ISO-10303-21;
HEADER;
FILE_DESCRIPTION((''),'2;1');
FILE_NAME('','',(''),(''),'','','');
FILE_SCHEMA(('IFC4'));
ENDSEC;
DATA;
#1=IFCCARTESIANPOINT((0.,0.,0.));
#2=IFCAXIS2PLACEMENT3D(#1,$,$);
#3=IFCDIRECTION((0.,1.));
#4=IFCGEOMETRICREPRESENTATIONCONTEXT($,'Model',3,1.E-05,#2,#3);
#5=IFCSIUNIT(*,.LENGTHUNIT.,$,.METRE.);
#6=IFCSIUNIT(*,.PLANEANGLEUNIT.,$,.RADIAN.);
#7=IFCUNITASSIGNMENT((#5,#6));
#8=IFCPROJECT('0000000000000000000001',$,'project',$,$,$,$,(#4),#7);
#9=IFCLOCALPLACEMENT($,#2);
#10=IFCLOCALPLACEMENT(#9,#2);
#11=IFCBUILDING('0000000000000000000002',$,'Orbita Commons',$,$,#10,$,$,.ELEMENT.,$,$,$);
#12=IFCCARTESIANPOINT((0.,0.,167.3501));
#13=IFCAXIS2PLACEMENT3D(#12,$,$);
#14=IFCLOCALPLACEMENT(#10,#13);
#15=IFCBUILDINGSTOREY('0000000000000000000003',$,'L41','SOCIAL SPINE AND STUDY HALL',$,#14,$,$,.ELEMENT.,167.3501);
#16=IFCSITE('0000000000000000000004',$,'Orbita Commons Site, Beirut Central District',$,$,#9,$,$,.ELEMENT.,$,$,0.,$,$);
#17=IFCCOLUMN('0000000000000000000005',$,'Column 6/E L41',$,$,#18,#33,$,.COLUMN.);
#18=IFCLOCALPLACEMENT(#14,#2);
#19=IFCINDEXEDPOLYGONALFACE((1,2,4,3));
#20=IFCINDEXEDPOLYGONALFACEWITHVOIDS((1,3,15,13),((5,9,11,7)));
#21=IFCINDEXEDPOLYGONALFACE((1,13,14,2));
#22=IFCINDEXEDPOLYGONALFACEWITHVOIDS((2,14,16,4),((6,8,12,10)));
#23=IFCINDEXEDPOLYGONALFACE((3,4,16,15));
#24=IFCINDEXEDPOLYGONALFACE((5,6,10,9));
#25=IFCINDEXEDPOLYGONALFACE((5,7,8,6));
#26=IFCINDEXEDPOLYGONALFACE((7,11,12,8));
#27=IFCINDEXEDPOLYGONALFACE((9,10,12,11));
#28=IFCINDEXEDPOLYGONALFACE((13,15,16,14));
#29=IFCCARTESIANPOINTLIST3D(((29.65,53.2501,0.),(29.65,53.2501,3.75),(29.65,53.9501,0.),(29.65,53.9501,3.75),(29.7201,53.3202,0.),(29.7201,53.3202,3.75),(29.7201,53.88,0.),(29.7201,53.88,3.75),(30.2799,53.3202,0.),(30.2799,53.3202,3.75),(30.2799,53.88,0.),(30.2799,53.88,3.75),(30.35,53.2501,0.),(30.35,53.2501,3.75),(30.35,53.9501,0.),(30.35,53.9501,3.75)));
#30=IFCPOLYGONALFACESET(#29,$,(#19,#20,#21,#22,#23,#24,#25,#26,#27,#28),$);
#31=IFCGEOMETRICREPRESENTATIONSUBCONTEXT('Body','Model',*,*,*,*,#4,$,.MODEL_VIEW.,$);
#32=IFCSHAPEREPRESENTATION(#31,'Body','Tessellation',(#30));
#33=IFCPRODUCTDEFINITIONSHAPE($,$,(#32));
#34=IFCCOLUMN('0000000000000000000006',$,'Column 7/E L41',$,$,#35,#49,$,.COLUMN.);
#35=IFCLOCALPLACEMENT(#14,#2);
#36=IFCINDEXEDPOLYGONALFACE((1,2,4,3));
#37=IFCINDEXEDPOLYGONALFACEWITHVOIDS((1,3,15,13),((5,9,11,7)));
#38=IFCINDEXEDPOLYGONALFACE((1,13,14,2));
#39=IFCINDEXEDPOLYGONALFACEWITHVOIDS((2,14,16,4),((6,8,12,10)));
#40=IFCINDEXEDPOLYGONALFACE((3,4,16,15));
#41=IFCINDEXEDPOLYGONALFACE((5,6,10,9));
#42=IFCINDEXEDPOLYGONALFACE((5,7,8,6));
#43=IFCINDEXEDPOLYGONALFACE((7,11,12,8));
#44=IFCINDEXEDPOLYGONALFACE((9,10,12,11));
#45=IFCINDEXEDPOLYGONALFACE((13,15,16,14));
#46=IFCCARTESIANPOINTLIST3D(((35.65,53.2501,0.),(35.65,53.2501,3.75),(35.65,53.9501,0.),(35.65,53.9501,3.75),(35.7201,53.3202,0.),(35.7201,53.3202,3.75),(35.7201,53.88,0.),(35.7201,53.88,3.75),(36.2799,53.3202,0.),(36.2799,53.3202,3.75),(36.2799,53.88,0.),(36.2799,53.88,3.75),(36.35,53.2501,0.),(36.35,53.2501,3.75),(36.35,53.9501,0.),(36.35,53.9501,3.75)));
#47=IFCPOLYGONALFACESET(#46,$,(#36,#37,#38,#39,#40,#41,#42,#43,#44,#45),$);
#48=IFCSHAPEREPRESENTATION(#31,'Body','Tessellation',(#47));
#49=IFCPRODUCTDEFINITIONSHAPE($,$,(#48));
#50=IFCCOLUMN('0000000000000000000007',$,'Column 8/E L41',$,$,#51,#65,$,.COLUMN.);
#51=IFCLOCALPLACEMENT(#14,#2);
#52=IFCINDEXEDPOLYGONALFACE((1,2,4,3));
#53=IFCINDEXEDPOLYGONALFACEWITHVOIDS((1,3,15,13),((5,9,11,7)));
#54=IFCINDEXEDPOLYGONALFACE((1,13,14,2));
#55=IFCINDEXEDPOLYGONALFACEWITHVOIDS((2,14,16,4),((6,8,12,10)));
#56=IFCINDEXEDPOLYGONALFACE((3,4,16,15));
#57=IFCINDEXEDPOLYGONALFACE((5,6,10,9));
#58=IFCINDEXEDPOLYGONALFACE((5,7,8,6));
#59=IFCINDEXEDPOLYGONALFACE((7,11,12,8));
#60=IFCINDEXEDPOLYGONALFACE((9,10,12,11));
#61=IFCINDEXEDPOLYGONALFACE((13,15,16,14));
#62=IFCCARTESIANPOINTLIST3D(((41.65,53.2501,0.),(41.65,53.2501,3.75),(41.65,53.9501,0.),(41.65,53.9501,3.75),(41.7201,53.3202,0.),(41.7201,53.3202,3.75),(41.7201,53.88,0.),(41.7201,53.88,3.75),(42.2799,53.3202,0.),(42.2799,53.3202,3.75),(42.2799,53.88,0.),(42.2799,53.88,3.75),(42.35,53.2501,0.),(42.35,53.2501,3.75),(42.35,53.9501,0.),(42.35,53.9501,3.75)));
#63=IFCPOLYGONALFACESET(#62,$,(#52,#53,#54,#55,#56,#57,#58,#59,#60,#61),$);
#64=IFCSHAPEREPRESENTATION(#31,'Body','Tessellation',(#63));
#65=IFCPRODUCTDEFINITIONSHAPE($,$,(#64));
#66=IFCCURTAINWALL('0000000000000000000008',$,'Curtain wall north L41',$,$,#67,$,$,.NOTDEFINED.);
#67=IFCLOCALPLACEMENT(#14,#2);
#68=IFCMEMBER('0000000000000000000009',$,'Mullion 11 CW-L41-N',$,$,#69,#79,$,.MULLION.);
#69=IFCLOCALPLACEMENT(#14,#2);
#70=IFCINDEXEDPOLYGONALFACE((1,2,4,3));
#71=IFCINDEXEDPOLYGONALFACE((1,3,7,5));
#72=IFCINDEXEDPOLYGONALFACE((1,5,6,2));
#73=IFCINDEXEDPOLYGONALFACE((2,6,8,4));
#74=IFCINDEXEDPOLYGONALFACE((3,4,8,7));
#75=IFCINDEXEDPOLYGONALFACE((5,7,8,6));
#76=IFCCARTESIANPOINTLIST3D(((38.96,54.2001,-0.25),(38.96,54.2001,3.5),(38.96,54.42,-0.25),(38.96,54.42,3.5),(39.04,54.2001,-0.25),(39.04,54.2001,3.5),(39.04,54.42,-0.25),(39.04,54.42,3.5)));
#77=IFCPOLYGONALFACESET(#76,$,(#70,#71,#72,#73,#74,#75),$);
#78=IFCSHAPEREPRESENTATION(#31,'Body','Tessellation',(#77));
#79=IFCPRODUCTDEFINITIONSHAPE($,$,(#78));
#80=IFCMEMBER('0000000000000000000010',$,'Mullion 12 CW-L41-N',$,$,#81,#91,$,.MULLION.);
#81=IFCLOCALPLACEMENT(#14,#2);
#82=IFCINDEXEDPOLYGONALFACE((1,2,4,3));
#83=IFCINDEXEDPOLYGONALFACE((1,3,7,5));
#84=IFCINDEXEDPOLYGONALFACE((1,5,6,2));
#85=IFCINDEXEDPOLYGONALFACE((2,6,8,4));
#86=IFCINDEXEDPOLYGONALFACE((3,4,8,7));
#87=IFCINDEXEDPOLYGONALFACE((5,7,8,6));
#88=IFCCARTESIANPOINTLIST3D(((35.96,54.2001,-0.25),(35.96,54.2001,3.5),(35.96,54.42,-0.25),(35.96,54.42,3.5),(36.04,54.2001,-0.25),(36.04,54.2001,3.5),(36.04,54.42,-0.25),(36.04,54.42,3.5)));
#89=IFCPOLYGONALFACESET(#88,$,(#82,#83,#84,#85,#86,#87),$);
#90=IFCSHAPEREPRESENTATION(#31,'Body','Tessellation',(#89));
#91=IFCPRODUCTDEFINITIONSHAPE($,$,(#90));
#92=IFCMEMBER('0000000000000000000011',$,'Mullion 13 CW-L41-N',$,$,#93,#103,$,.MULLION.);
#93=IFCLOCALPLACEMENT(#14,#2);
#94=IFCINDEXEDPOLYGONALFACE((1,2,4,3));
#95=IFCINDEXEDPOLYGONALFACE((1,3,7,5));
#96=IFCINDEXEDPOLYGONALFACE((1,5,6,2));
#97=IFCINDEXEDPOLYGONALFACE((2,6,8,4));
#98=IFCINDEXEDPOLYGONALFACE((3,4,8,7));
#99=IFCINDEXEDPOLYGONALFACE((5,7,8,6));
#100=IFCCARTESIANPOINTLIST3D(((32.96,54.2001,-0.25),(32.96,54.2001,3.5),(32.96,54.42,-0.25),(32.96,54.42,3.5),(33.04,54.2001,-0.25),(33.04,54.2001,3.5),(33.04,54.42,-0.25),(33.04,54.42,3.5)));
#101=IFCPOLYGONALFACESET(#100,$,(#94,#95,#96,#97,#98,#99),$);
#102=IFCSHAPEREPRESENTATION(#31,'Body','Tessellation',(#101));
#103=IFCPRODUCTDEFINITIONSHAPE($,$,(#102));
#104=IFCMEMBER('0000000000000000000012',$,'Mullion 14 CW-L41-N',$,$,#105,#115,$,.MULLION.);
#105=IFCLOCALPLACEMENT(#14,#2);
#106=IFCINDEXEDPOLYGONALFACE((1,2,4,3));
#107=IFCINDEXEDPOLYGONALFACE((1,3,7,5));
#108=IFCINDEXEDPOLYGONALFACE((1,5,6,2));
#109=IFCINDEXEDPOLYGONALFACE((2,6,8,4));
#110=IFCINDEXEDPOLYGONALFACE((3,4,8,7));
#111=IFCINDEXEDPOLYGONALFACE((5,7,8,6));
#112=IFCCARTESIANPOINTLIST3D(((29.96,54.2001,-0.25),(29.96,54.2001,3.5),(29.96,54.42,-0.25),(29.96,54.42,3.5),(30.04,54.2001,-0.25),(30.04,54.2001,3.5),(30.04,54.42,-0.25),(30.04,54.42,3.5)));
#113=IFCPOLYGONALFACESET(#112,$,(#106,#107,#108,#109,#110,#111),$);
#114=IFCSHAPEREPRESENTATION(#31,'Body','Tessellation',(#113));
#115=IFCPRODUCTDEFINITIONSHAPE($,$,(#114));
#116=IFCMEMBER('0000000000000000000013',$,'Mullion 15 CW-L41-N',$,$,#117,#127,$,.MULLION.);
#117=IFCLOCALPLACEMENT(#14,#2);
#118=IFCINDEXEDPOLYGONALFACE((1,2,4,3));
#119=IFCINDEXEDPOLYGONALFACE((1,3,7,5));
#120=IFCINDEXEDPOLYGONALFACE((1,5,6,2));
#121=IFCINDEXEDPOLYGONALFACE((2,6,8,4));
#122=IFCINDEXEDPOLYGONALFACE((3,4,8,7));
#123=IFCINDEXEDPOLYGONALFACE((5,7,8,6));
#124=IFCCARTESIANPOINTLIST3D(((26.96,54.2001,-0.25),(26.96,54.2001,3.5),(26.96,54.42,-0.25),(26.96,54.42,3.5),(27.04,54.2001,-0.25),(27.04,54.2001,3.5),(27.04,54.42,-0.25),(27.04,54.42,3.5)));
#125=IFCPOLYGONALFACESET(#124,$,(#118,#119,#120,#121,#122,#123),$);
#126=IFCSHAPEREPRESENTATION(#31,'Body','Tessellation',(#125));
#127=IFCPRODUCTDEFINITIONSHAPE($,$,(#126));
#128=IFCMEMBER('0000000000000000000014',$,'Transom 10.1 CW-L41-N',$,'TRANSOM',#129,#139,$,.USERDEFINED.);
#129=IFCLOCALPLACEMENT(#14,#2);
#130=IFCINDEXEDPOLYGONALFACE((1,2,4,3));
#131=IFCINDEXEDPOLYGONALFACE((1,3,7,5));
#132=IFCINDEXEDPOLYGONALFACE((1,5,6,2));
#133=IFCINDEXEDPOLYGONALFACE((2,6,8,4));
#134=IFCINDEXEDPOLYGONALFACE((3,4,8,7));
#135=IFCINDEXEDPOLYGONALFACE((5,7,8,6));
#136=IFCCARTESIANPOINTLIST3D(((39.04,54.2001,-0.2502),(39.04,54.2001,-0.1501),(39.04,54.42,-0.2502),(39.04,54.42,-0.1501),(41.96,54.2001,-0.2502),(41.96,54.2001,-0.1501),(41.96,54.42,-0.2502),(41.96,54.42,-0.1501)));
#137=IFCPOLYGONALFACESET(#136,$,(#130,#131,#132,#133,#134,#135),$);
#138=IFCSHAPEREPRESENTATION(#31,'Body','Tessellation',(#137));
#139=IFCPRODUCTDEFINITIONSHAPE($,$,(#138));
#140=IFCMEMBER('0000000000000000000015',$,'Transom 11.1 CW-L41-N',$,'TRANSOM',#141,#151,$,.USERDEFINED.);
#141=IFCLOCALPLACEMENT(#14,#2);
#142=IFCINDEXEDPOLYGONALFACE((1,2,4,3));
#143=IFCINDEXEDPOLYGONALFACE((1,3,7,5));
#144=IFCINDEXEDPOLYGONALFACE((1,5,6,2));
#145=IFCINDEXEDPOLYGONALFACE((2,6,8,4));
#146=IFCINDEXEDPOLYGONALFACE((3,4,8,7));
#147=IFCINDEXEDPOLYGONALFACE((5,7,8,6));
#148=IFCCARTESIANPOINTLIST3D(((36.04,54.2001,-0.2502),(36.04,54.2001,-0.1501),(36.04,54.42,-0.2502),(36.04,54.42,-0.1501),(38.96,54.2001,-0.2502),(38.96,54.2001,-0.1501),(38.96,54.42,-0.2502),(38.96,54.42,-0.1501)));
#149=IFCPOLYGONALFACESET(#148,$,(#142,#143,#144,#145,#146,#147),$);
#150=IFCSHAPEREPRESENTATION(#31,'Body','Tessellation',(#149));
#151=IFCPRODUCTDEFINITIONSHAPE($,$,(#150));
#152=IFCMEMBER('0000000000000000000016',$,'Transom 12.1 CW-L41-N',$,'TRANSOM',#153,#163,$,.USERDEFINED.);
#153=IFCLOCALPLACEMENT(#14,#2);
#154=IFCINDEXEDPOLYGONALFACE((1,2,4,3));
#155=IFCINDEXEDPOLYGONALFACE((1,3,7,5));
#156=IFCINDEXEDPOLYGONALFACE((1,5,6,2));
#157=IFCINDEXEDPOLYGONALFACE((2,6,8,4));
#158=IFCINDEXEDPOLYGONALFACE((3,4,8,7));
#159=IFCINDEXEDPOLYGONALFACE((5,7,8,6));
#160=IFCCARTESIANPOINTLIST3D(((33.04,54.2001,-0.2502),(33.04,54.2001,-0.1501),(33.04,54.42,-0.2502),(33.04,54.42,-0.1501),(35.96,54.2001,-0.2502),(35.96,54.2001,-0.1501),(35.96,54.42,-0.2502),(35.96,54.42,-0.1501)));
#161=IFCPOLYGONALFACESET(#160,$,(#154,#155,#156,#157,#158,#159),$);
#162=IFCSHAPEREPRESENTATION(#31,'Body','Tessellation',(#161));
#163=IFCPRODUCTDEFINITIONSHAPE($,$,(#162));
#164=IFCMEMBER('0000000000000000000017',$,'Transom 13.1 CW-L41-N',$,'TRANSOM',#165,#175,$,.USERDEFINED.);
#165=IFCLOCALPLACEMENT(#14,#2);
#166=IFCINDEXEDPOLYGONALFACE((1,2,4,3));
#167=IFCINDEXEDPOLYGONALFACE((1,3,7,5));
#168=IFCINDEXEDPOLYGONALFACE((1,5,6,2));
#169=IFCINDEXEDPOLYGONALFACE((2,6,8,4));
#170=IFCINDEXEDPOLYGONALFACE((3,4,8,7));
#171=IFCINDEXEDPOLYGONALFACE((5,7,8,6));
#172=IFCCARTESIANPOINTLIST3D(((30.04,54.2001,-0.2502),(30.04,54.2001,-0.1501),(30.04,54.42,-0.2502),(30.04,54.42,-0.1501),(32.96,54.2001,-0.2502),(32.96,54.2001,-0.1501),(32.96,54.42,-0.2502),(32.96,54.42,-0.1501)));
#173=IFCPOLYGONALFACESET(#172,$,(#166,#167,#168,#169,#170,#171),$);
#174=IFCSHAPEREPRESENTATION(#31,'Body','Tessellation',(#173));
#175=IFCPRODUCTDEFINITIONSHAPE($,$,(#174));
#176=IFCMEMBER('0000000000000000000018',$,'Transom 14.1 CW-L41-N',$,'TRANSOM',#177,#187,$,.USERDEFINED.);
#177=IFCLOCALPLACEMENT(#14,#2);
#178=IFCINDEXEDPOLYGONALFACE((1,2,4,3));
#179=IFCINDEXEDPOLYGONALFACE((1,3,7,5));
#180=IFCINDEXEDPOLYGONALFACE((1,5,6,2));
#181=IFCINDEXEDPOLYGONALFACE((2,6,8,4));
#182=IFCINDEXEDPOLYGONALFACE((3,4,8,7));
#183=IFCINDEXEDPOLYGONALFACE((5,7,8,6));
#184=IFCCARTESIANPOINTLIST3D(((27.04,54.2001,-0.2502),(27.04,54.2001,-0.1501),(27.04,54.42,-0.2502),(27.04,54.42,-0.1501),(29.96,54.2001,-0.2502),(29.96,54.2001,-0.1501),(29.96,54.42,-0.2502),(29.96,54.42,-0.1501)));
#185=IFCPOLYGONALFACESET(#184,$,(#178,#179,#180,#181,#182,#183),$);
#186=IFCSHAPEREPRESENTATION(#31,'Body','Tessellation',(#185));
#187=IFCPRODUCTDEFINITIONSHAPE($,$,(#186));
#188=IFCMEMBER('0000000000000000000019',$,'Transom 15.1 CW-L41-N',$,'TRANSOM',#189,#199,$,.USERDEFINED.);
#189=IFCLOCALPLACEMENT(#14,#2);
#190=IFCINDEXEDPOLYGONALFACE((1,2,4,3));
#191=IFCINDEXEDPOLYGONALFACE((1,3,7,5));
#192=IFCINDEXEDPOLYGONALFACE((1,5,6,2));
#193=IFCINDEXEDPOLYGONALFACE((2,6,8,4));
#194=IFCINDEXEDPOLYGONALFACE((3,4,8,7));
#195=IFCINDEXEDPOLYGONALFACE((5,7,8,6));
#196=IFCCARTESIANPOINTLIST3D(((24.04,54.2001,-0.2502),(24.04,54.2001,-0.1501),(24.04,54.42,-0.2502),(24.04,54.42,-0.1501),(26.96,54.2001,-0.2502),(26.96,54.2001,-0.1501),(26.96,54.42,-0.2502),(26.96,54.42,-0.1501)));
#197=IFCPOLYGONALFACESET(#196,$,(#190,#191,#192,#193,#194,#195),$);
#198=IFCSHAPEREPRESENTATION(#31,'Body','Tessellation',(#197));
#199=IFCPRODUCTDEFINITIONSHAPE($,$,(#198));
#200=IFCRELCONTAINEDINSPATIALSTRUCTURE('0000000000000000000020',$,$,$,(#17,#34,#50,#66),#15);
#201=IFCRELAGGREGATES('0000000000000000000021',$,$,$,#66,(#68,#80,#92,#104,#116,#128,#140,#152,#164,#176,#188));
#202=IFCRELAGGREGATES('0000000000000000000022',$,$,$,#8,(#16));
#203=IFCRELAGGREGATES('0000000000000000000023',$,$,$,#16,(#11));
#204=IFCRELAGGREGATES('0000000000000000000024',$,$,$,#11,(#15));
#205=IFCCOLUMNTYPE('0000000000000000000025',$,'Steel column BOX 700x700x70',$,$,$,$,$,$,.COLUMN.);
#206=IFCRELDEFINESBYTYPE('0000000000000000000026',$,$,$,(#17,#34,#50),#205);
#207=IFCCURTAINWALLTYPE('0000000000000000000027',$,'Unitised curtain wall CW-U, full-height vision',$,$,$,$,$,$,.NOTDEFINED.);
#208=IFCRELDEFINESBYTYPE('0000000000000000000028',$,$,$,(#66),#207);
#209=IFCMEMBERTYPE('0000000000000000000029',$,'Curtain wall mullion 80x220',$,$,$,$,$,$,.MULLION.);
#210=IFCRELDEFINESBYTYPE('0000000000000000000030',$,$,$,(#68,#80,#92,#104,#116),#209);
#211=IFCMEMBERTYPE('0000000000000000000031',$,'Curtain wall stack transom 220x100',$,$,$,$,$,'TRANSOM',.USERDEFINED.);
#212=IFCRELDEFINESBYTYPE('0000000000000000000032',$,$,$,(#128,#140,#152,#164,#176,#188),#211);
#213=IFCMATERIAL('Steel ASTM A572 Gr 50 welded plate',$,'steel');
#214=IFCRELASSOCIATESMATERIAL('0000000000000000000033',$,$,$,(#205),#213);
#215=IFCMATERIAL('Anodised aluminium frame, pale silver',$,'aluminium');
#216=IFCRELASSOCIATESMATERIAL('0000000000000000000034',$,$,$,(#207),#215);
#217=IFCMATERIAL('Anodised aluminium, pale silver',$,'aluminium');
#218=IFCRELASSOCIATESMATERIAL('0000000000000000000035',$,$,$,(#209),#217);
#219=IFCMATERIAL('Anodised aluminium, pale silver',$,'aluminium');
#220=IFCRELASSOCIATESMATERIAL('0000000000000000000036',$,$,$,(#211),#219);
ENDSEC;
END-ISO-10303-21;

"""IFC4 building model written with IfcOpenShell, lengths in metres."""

from ifc_helpers import new_model, si_unit, direction, frame, origin, origin_2d, place, context, subcontext, project, spatial, rectangle, hollow_rectangle, extrude, material, material_profile, profile_set, type_object, element, aggregate, save


model = new_model("IFC4")

# Units and contexts
model_context = context("Model", 3, precision=1e-05, world=origin(), true_north=direction((0.0, 1.0)))
body_context = subcontext(model_context, "Body", "Model", "MODEL_VIEW")
ifc_project = project(units=[si_unit("LENGTHUNIT", "METRE"), si_unit("PLANEANGLEUNIT", "RADIAN")], contexts=[model_context])

# Site, building, storey
site_placement = place(None, origin())
site = spatial("IfcSite", under=ifc_project, at=site_placement, Name="Orbita Commons Site, Beirut Central District", CompositionType="ELEMENT", RefElevation=0.0)
building_placement = place(site_placement, origin())
building = spatial("IfcBuilding", under=site, at=building_placement, Name="Orbita Commons", CompositionType="ELEMENT")
storey_placement = place(building_placement, frame((0.0, 0.0, 167.3501)))
storey = spatial("IfcBuildingStorey", under=building, at=storey_placement, Name="L41", Description="SOCIAL SPINE AND STUDY HALL", CompositionType="ELEMENT", Elevation=167.3501)

# Columns
ifc_material_1 = material(Name="Steel ASTM A572 Gr 50 welded plate", Category="steel")
ifc_material_profile_1 = material_profile(ifc_material_1, hollow_rectangle(XDim=0.7, YDim=0.7, WallThickness=0.0701, at=origin_2d()), Name="BOX 700x700x70")
ifc_profile_set_1 = profile_set([ifc_material_profile_1], Name="Steel ASTM A572 Gr 50 welded plate")
column_type = type_object("IfcColumnType", Name="Steel column BOX 700x700x70", PredefinedType="COLUMN", material=ifc_profile_set_1)
for number, where, z_axis, x_axis, name in (
    (1, (30.0, 53.6001, 0.0), (0.0, 0.0, 1.0), (1.0, 0.0, 0.0), "Column 6/E L41"),
    (2, (36.0, 53.6001, 0.0), (0.0, 0.0, 1.0), (1.0, 0.0, 0.0), "Column 7/E L41"),
    (3, (42.0, 53.6001, 0.0), (0.0, 0.0, 1.0), (1.0, 0.0, 0.0), "Column 8/E L41"),
):
    element("IfcColumn", number, at=place(storey_placement, frame(where, z_axis=z_axis, x_axis=x_axis)), inside=storey, type_object=column_type, Name=name, PredefinedType="COLUMN", context=body_context, shape_type="SweptSolid", body=[
        extrude(hollow_rectangle(XDim=0.7, YDim=0.7, WallThickness=0.0701, at=origin_2d()), origin(), (0.0, 0.0, 1.0), 3.75),
    ])

# Curtain wall, members
ifc_material_2 = material(Name="Anodised aluminium frame, pale silver", Category="aluminium")
curtain_wall_type = type_object("IfcCurtainWallType", Name="Unitised curtain wall CW-U, full-height vision", PredefinedType="NOTDEFINED", material=ifc_material_2)
curtain_wall_placement = place(storey_placement, origin())
curtain_wall = element("IfcCurtainWall", 4, at=curtain_wall_placement, inside=storey, type_object=curtain_wall_type, Name="Curtain wall north L41", PredefinedType="NOTDEFINED")
ifc_material_3 = material(Name="Anodised aluminium, pale silver", Category="aluminium")
ifc_material_profile_2 = material_profile(ifc_material_3, rectangle(XDim=0.0801, YDim=0.22, at=origin_2d()), Name="AL 80x220")
ifc_profile_set_2 = profile_set([ifc_material_profile_2], Name="Anodised aluminium, pale silver")
member_type_1 = type_object("IfcMemberType", Name="Curtain wall mullion 80x220", PredefinedType="MULLION", material=ifc_profile_set_2)
member_1_placement = place(storey_placement, frame((39.0, 54.3101, -0.25), z_axis=(0.0, 0.0, 1.0), x_axis=(-1.0, 0.0, 0.0)))
member_1 = element("IfcMember", 5, at=member_1_placement, type_object=member_type_1, Name="Mullion 11 CW-L41-N", PredefinedType="MULLION", context=body_context, shape_type="SweptSolid", body=[
    extrude(rectangle(XDim=0.0801, YDim=0.22, at=origin_2d()), origin(), (0.0, 0.0, 1.0), 3.75),
])
member_2_placement = place(storey_placement, frame((36.0, 54.3101, -0.25), z_axis=(0.0, 0.0, 1.0), x_axis=(-1.0, 0.0, 0.0)))
member_2 = element("IfcMember", 6, at=member_2_placement, type_object=member_type_1, Name="Mullion 12 CW-L41-N", PredefinedType="MULLION", context=body_context, shape_type="SweptSolid", body=[
    extrude(rectangle(XDim=0.0801, YDim=0.22, at=origin_2d()), origin(), (0.0, 0.0, 1.0), 3.75),
])
member_3_placement = place(storey_placement, frame((33.0, 54.3101, -0.25), z_axis=(0.0, 0.0, 1.0), x_axis=(-1.0, 0.0, 0.0)))
member_3 = element("IfcMember", 7, at=member_3_placement, type_object=member_type_1, Name="Mullion 13 CW-L41-N", PredefinedType="MULLION", context=body_context, shape_type="SweptSolid", body=[
    extrude(rectangle(XDim=0.0801, YDim=0.22, at=origin_2d()), origin(), (0.0, 0.0, 1.0), 3.75),
])
member_4_placement = place(storey_placement, frame((30.0, 54.3101, -0.25), z_axis=(0.0, 0.0, 1.0), x_axis=(-1.0, 0.0, 0.0)))
member_4 = element("IfcMember", 8, at=member_4_placement, type_object=member_type_1, Name="Mullion 14 CW-L41-N", PredefinedType="MULLION", context=body_context, shape_type="SweptSolid", body=[
    extrude(rectangle(XDim=0.0801, YDim=0.22, at=origin_2d()), origin(), (0.0, 0.0, 1.0), 3.75),
])
member_5_placement = place(storey_placement, frame((27.0, 54.3101, -0.25), z_axis=(0.0, 0.0, 1.0), x_axis=(-1.0, 0.0, 0.0)))
member_5 = element("IfcMember", 9, at=member_5_placement, type_object=member_type_1, Name="Mullion 15 CW-L41-N", PredefinedType="MULLION", context=body_context, shape_type="SweptSolid", body=[
    extrude(rectangle(XDim=0.0801, YDim=0.22, at=origin_2d()), origin(), (0.0, 0.0, 1.0), 3.75),
])
ifc_material_4 = material(Name="Anodised aluminium, pale silver", Category="aluminium")
ifc_material_profile_3 = material_profile(ifc_material_4, rectangle(XDim=0.22, YDim=0.1001, at=origin_2d()), Name="AL 220x100")
ifc_profile_set_3 = profile_set([ifc_material_profile_3], Name="Anodised aluminium, pale silver")
member_type_2 = type_object("IfcMemberType", Name="Curtain wall stack transom 220x100", ElementType="TRANSOM", PredefinedType="USERDEFINED", material=ifc_profile_set_3)
member_6_placement = place(storey_placement, frame((41.96, 54.3101, -0.2002), z_axis=(-1.0, 0.0, 0.0), x_axis=(0.0, -1.0, 0.0)))
member_6 = element("IfcMember", 10, at=member_6_placement, type_object=member_type_2, Name="Transom 10.1 CW-L41-N", ObjectType="TRANSOM", PredefinedType="USERDEFINED", context=body_context, shape_type="SweptSolid", body=[
    extrude(rectangle(XDim=0.22, YDim=0.1001, at=origin_2d()), origin(), (0.0, 0.0, 1.0), 2.9199),
])
member_7_placement = place(storey_placement, frame((38.96, 54.3101, -0.2002), z_axis=(-1.0, 0.0, 0.0), x_axis=(0.0, -1.0, 0.0)))
member_7 = element("IfcMember", 11, at=member_7_placement, type_object=member_type_2, Name="Transom 11.1 CW-L41-N", ObjectType="TRANSOM", PredefinedType="USERDEFINED", context=body_context, shape_type="SweptSolid", body=[
    extrude(rectangle(XDim=0.22, YDim=0.1001, at=origin_2d()), origin(), (0.0, 0.0, 1.0), 2.9199),
])
member_8_placement = place(storey_placement, frame((35.96, 54.3101, -0.2002), z_axis=(-1.0, 0.0, 0.0), x_axis=(0.0, -1.0, 0.0)))
member_8 = element("IfcMember", 12, at=member_8_placement, type_object=member_type_2, Name="Transom 12.1 CW-L41-N", ObjectType="TRANSOM", PredefinedType="USERDEFINED", context=body_context, shape_type="SweptSolid", body=[
    extrude(rectangle(XDim=0.22, YDim=0.1001, at=origin_2d()), origin(), (0.0, 0.0, 1.0), 2.9199),
])
member_9_placement = place(storey_placement, frame((32.96, 54.3101, -0.2002), z_axis=(-1.0, 0.0, 0.0), x_axis=(0.0, -1.0, 0.0)))
member_9 = element("IfcMember", 13, at=member_9_placement, type_object=member_type_2, Name="Transom 13.1 CW-L41-N", ObjectType="TRANSOM", PredefinedType="USERDEFINED", context=body_context, shape_type="SweptSolid", body=[
    extrude(rectangle(XDim=0.22, YDim=0.1001, at=origin_2d()), origin(), (0.0, 0.0, 1.0), 2.9199),
])
member_10_placement = place(storey_placement, frame((29.96, 54.3101, -0.2002), z_axis=(-1.0, 0.0, 0.0), x_axis=(0.0, -1.0, 0.0)))
member_10 = element("IfcMember", 14, at=member_10_placement, type_object=member_type_2, Name="Transom 14.1 CW-L41-N", ObjectType="TRANSOM", PredefinedType="USERDEFINED", context=body_context, shape_type="SweptSolid", body=[
    extrude(rectangle(XDim=0.22, YDim=0.1001, at=origin_2d()), origin(), (0.0, 0.0, 1.0), 2.9199),
])
member_11_placement = place(storey_placement, frame((26.96, 54.3101, -0.2002), z_axis=(-1.0, 0.0, 0.0), x_axis=(0.0, -1.0, 0.0)))
member_11 = element("IfcMember", 15, at=member_11_placement, type_object=member_type_2, Name="Transom 15.1 CW-L41-N", ObjectType="TRANSOM", PredefinedType="USERDEFINED", context=body_context, shape_type="SweptSolid", body=[
    extrude(rectangle(XDim=0.22, YDim=0.1001, at=origin_2d()), origin(), (0.0, 0.0, 1.0), 2.9199),
])

aggregate(curtain_wall, [member_1, member_2, member_3, member_4, member_5, member_6, member_7, member_8, member_9, member_10, member_11])

save(model, "model.ifc")
